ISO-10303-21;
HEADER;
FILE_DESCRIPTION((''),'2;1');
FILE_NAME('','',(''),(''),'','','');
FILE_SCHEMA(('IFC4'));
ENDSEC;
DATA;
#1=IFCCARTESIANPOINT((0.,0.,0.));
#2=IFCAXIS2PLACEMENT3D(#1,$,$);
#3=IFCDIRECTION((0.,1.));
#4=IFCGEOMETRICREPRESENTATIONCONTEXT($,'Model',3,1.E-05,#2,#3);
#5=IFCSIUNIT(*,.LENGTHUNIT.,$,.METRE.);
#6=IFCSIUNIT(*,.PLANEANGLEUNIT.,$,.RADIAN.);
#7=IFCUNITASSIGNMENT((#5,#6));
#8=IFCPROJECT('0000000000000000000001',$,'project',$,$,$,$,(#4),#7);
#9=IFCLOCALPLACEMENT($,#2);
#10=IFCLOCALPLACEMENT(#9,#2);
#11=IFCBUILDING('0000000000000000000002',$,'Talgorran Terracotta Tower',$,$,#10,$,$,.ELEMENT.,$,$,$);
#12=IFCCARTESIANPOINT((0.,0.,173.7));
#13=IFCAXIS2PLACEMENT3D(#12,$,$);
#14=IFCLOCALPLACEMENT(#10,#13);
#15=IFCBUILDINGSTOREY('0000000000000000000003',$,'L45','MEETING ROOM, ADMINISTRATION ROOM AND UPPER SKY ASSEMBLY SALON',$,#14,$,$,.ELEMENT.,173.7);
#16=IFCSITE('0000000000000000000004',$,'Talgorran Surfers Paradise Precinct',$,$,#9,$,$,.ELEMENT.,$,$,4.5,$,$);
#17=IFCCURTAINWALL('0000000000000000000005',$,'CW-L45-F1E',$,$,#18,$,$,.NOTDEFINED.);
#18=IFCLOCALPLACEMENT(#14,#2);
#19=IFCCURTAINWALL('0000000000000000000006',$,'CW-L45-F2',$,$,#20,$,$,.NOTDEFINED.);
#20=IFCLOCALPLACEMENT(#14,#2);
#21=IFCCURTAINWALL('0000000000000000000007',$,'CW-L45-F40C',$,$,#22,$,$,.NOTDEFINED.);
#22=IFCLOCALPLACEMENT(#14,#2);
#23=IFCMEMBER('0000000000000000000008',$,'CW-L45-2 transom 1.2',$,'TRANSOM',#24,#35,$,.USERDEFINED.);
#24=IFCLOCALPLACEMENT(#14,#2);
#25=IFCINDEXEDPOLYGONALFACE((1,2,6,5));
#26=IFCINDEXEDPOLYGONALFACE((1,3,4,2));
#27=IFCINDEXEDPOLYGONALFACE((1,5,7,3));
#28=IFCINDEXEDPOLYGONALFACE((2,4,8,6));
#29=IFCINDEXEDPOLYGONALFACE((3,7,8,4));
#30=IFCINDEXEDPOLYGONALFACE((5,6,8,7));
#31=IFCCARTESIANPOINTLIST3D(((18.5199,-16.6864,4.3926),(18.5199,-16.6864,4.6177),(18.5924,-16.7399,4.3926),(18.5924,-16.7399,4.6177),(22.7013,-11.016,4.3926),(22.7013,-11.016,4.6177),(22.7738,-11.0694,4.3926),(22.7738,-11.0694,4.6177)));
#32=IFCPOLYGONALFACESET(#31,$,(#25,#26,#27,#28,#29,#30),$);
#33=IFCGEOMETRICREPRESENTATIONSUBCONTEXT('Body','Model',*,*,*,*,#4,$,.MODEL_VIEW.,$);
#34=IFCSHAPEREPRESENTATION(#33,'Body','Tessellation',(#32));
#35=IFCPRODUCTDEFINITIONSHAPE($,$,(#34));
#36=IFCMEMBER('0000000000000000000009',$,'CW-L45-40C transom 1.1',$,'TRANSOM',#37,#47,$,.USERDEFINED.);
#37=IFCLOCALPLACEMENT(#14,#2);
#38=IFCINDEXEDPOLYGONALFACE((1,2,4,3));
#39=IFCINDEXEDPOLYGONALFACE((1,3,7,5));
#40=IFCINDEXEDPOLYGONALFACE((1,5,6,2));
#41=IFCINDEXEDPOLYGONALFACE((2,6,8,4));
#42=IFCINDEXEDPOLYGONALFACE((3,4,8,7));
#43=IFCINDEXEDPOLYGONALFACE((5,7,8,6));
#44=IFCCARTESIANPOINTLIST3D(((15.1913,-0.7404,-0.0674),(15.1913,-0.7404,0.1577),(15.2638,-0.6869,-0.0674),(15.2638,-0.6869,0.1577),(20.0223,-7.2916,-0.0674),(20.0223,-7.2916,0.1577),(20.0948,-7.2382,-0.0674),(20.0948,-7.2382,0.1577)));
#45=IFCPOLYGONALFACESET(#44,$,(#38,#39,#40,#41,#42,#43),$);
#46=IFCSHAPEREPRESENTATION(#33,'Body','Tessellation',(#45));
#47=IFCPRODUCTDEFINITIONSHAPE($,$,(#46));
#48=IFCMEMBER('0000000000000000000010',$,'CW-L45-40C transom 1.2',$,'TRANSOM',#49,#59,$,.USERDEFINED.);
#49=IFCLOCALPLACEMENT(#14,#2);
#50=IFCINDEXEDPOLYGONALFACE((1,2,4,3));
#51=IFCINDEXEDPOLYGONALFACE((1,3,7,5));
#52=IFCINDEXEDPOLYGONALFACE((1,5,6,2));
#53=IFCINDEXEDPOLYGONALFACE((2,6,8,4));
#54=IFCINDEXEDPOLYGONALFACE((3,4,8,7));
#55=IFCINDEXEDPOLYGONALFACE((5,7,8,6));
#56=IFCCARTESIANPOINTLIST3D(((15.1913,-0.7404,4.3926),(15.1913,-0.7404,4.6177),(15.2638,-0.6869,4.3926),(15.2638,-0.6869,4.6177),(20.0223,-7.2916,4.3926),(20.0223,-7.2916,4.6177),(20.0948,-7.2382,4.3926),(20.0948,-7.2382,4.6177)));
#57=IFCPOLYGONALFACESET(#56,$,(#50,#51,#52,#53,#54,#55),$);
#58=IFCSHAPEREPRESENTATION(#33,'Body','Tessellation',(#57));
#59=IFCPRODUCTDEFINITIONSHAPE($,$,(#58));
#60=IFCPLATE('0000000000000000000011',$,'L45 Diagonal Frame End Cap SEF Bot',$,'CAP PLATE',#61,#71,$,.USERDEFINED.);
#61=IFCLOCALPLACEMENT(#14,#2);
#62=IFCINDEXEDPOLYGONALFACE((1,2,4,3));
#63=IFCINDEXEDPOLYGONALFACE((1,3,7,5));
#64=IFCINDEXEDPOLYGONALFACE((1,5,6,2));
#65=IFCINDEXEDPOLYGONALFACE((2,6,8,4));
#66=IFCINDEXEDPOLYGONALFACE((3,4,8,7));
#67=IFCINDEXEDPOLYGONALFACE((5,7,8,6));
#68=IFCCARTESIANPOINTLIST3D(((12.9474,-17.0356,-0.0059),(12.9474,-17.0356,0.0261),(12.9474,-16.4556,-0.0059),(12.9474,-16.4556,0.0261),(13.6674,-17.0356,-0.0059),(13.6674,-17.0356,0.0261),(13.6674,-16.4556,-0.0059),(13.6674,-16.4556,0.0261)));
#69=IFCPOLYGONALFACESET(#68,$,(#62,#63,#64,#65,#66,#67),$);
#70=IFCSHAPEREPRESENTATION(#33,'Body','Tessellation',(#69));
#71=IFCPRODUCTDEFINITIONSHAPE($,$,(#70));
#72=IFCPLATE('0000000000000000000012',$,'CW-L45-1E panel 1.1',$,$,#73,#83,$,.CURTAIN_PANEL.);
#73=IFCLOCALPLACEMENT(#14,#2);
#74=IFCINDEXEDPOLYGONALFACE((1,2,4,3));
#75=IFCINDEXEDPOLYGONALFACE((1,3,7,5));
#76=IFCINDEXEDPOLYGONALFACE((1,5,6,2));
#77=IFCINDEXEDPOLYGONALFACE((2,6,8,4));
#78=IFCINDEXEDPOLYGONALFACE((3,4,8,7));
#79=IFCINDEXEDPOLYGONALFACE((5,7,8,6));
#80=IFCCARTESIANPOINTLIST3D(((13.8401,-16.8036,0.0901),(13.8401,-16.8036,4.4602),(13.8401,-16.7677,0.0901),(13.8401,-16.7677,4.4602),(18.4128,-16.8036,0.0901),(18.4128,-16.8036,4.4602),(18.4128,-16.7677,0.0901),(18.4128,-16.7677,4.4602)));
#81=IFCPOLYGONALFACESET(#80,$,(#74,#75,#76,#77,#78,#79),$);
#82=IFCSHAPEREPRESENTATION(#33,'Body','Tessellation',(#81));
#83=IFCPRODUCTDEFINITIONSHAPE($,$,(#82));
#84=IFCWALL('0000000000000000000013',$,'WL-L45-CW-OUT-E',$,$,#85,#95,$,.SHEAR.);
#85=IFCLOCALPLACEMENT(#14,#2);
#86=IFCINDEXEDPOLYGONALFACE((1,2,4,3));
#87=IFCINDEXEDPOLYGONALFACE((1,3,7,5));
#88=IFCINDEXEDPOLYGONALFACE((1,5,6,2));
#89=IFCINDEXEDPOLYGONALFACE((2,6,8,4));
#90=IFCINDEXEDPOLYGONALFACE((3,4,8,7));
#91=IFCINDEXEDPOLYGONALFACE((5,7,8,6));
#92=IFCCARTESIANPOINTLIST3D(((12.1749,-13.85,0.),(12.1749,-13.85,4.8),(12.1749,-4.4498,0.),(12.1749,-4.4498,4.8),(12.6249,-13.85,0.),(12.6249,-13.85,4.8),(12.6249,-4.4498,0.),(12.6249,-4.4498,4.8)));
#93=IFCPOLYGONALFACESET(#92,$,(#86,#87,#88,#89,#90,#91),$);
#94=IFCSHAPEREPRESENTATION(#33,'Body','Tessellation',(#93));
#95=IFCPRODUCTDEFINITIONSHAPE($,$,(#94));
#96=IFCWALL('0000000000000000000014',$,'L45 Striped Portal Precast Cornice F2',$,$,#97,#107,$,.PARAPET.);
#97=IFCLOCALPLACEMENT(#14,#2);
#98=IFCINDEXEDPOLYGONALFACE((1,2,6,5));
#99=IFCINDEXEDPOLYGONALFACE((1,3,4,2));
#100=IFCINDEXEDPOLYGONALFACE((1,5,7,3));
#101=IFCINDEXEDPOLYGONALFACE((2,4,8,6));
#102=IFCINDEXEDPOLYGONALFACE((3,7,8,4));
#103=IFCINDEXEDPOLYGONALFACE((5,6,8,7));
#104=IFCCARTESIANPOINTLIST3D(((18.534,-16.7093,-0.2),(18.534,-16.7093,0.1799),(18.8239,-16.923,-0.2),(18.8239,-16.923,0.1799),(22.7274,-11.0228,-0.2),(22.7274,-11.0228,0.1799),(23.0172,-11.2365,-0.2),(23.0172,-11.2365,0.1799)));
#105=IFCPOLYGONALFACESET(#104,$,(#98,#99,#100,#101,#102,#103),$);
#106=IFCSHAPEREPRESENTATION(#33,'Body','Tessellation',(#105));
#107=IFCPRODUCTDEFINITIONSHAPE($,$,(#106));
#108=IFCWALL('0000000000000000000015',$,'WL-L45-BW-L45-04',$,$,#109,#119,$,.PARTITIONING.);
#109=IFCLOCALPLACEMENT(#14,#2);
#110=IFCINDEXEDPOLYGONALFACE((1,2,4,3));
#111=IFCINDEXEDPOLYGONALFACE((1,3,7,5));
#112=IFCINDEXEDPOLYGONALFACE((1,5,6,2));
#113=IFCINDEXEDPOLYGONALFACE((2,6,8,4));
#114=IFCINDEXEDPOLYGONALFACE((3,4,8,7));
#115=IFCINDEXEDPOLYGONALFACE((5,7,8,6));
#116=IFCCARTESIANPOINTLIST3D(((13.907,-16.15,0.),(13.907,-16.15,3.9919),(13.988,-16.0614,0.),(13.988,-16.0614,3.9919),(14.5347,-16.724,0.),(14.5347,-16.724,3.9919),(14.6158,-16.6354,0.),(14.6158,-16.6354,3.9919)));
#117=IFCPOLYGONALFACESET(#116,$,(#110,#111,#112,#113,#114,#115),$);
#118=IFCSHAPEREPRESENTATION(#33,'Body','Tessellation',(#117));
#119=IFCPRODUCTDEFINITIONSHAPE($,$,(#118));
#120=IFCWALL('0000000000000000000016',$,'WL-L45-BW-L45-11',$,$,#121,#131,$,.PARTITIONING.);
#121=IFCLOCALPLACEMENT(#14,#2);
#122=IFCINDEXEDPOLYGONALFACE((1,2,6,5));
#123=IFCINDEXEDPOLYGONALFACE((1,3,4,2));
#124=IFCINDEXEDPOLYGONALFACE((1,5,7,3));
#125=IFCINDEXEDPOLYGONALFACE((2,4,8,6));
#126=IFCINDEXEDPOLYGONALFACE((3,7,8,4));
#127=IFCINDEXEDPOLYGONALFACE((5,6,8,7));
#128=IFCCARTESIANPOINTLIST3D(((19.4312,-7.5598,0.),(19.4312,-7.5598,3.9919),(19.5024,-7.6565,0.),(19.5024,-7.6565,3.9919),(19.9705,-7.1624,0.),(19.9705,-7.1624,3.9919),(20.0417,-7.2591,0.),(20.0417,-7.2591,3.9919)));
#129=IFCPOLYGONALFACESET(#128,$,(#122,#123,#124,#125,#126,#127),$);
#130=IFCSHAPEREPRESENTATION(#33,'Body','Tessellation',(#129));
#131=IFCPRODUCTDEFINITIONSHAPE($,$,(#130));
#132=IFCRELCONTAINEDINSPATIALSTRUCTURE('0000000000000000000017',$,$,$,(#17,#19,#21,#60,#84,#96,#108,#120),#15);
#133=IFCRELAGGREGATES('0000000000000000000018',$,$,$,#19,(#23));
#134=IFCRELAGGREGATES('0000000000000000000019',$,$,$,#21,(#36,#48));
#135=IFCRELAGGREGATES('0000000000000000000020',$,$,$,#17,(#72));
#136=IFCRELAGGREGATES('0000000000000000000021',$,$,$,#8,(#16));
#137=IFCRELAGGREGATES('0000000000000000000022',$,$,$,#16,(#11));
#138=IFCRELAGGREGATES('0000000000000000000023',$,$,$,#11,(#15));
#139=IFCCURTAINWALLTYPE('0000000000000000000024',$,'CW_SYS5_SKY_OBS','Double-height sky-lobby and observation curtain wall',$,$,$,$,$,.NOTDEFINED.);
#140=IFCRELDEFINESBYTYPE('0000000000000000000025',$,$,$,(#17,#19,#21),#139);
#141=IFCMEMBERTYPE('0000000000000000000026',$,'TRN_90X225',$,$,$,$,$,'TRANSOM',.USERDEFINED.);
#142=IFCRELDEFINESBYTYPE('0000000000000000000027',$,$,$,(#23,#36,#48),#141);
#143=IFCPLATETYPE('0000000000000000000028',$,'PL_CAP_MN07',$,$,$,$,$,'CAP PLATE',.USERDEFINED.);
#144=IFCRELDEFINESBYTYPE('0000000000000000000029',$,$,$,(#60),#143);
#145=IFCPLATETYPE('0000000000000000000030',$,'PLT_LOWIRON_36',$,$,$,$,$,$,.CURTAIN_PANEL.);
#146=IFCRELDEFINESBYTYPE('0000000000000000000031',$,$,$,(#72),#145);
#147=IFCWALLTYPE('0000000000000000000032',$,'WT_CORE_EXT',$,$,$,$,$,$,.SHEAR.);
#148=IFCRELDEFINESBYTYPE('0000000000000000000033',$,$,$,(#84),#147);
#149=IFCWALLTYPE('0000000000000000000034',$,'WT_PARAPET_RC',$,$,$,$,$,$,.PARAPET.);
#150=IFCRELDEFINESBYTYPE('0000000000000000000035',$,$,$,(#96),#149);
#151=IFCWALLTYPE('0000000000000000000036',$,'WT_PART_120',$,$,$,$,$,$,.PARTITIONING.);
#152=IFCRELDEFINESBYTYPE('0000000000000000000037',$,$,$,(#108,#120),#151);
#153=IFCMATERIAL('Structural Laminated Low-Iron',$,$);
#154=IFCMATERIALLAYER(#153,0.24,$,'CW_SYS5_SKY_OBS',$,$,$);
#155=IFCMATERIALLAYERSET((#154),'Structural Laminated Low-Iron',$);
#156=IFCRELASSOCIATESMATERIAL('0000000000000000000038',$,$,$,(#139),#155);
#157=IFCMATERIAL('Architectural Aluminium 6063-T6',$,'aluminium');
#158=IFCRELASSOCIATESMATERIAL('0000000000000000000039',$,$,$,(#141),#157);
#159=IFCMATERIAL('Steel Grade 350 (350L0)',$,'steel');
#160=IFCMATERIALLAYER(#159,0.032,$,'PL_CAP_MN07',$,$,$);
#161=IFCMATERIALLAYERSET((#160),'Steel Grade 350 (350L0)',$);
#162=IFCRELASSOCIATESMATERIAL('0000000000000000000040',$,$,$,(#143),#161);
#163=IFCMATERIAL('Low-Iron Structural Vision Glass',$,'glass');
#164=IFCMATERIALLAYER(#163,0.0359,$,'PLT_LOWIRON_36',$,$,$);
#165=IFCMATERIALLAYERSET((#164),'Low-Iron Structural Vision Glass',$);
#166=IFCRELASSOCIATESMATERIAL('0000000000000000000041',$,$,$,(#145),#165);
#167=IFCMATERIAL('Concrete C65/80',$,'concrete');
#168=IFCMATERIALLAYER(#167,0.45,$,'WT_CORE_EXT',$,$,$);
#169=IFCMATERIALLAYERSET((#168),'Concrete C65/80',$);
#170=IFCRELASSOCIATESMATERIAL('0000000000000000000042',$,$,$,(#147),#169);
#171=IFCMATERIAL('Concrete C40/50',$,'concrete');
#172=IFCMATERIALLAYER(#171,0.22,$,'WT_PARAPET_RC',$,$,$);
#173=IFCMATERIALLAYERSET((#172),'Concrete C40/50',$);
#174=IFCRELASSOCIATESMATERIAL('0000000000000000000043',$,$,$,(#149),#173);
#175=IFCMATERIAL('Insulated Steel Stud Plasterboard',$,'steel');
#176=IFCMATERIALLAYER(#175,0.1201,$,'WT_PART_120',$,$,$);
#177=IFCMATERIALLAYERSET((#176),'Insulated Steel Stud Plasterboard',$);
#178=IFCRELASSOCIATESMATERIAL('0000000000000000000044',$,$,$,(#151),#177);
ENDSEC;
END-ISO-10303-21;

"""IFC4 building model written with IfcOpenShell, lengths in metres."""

from ifc_helpers import new_model, si_unit, direction, frame, frame_2d, origin, origin_2d, place, context, subcontext, project, spatial, rectangle, extrude, source, transform, mapped, material, layer, layer_set, material_profile, profile_set, type_object, type_shapes, element, aggregate, save


model = new_model("IFC4")

# Units and contexts
model_context = context("Model", 3, precision=1e-05, world=origin(), true_north=direction((0.0, 1.0)))
body_context = subcontext(model_context, "Body", "Model", "MODEL_VIEW")
ifc_project = project(units=[si_unit("LENGTHUNIT", "METRE"), si_unit("PLANEANGLEUNIT", "RADIAN")], contexts=[model_context])

# Site, building, storey
site_placement = place(None, origin())
site = spatial("IfcSite", under=ifc_project, at=site_placement, Name="Talgorran Surfers Paradise Precinct", CompositionType="ELEMENT", RefElevation=4.5)
building_placement = place(site_placement, origin())
building = spatial("IfcBuilding", under=site, at=building_placement, Name="Talgorran Terracotta Tower", CompositionType="ELEMENT")
storey_placement = place(building_placement, frame((0.0, 0.0, 173.7)))
storey = spatial("IfcBuildingStorey", under=building, at=storey_placement, Name="L45", Description="MEETING ROOM, ADMINISTRATION ROOM AND UPPER SKY ASSEMBLY SALON", CompositionType="ELEMENT", Elevation=173.7)

# Shared definitions
ifc_material_1 = material(Name="Steel Grade 350 (350L0)", Category="steel")

# Shared definitions
ifc_material_2 = material(Name="Structural Laminated Low-Iron")
ifc_layer_1 = layer(ifc_material_2, 0.24, Name="CW_SYS5_SKY_OBS")
ifc_layer_set_1 = layer_set([ifc_layer_1], Name="Structural Laminated Low-Iron")
curtain_wall_type = type_object("IfcCurtainWallType", Name="CW_SYS5_SKY_OBS", Description="Double-height sky-lobby and observation curtain wall", PredefinedType="NOTDEFINED", material=ifc_layer_set_1)
ifc_material_3 = material(Name="Architectural Aluminium 6063-T6", Category="aluminium")

# Curtain wall
curtain_wall_1_placement = place(storey_placement, origin())
curtain_wall_1 = element("IfcCurtainWall", 1, at=curtain_wall_1_placement, inside=storey, type_object=curtain_wall_type, Name="CW-L45-F1E", PredefinedType="NOTDEFINED")

# Curtain walls
curtain_wall_2_placement = place(storey_placement, origin())
curtain_wall_2 = element("IfcCurtainWall", 2, at=curtain_wall_2_placement, inside=storey, type_object=curtain_wall_type, Name="CW-L45-F2", PredefinedType="NOTDEFINED")
curtain_wall_3_placement = place(storey_placement, origin())
curtain_wall_3 = element("IfcCurtainWall", 3, at=curtain_wall_3_placement, inside=storey, type_object=curtain_wall_type, Name="CW-L45-F40C", PredefinedType="NOTDEFINED")

# Members
ifc_material_profile_1 = material_profile(ifc_material_3, rectangle(XDim=0.0901, YDim=0.2251, at=origin_2d()), Name="CWT90X225")
ifc_profile_set_1 = profile_set([ifc_material_profile_1], Name="Architectural Aluminium 6063-T6")
member_type_1 = type_object("IfcMemberType", Name="TRN_90X225", ElementType="TRANSOM", PredefinedType="USERDEFINED", material=ifc_profile_set_1)
member_1_placement = place(storey_placement, frame((18.5562, -16.7131, 4.5051), z_axis=(0.593493, 0.804839, 0.0), x_axis=(-0.804839, 0.593493, 0.0)))
member_1 = element("IfcMember", 4, at=member_1_placement, type_object=member_type_1, Name="CW-L45-2 transom 1.2", ObjectType="TRANSOM", PredefinedType="USERDEFINED", context=body_context, shape_type="SweptSolid", body=[
    extrude(rectangle(XDim=0.0901, YDim=0.2251, at=origin_2d()), origin(), (0.0, 0.0, 1.0), 7.0454),
])
aggregate(curtain_wall_2, [member_1])
member_2_placement = place(storey_placement, frame((20.0586, -7.2649, 0.0452), z_axis=(-0.593502, 0.804833, 0.0), x_axis=(-0.804833, -0.593502, 0.0)))
member_2 = element("IfcMember", 5, at=member_2_placement, type_object=member_type_1, Name="CW-L45-40C transom 1.1", ObjectType="TRANSOM", PredefinedType="USERDEFINED", context=body_context, shape_type="SweptSolid", body=[
    extrude(rectangle(XDim=0.0901, YDim=0.2251, at=origin_2d()), origin(), (0.0, 0.0, 1.0), 8.1399),
])
member_3_placement = place(storey_placement, frame((20.0586, -7.2649, 4.5051), z_axis=(-0.593502, 0.804833, 0.0), x_axis=(-0.804833, -0.593502, 0.0)))
member_3 = element("IfcMember", 6, at=member_3_placement, type_object=member_type_1, Name="CW-L45-40C transom 1.2", ObjectType="TRANSOM", PredefinedType="USERDEFINED", context=body_context, shape_type="SweptSolid", body=[
    extrude(rectangle(XDim=0.0901, YDim=0.2251, at=origin_2d()), origin(), (0.0, 0.0, 1.0), 8.1399),
])
aggregate(curtain_wall_3, [member_2, member_3])

# Plates
ifc_layer_2 = layer(ifc_material_1, 0.032, Name="PL_CAP_MN07")
ifc_layer_set_2 = layer_set([ifc_layer_2], Name="Steel Grade 350 (350L0)")
plate_type_1 = type_object("IfcPlateType", Name="PL_CAP_MN07", ElementType="CAP PLATE", PredefinedType="USERDEFINED", material=ifc_layer_set_2)
plate_1_placement = place(storey_placement, frame((13.3074, -16.7456, -0.0059), z_axis=(0.0, 0.0, 1.0), x_axis=(-1.0, 0.0, 0.0)))
element("IfcPlate", 7, at=plate_1_placement, inside=storey, type_object=plate_type_1, Name="L45 Diagonal Frame End Cap SEF Bot", ObjectType="CAP PLATE", PredefinedType="USERDEFINED", context=body_context, shape_type="SweptSolid", body=[
    extrude(rectangle(XDim=0.72, YDim=0.5801, at=origin_2d()), origin(), (0.0, 0.0, 1.0), 0.032),
])
ifc_material_4 = material(Name="Low-Iron Structural Vision Glass", Category="glass")
ifc_layer_3 = layer(ifc_material_4, 0.0359, Name="PLT_LOWIRON_36")
ifc_layer_set_3 = layer_set([ifc_layer_3], Name="Low-Iron Structural Vision Glass")
plate_type_2 = type_object("IfcPlateType", Name="PLT_LOWIRON_36", PredefinedType="CURTAIN_PANEL", material=ifc_layer_set_3)
shared_shape = source(origin(), body_context, "Body", "SweptSolid", [
    extrude(rectangle(XDim=4.5728, YDim=0.0359, at=origin_2d()), origin(), (0.0, 0.0, 1.0), 4.3701),
])
type_shapes(plate_type_2, [shared_shape])
plate_2_placement = place(storey_placement, frame((16.1265, -16.7856, 0.0901), z_axis=(0.0, 0.0, 1.0), x_axis=(1.0, 0.0, 0.0)))
plate_2 = element("IfcPlate", 8, at=plate_2_placement, type_object=plate_type_2, Name="CW-L45-1E panel 1.1", PredefinedType="CURTAIN_PANEL", context=body_context, shape_type="MappedRepresentation", body=[
    mapped(shared_shape, transform((0.0, 0.0, 0.0), scale=1.0)),
])
aggregate(curtain_wall_1, [plate_2])

# Walls
ifc_material_5 = material(Name="Concrete C65/80", Category="concrete")
ifc_layer_4 = layer(ifc_material_5, 0.45, Name="WT_CORE_EXT")
ifc_layer_set_4 = layer_set([ifc_layer_4], Name="Concrete C65/80")
wall_type_1 = type_object("IfcWallType", Name="WT_CORE_EXT", PredefinedType="SHEAR", material=ifc_layer_set_4)
wall_1_placement = place(storey_placement, frame((12.3999, -13.8501, 0.0), z_axis=(0.0, 0.0, 1.0), x_axis=(0.0, 1.0, 0.0)))
element("IfcWall", 9, at=wall_1_placement, inside=storey, type_object=wall_type_1, Name="WL-L45-CW-OUT-E", PredefinedType="SHEAR", context=body_context, shape_type="SweptSolid", body=[
    extrude(rectangle(XDim=9.4001, YDim=0.45, at=frame_2d((4.7002, 0.0))), origin(), (0.0, 0.0, 1.0), 4.8),
])
ifc_material_6 = material(Name="Concrete C40/50", Category="concrete")
ifc_layer_5 = layer(ifc_material_6, 0.22, Name="WT_PARAPET_RC")
ifc_layer_set_5 = layer_set([ifc_layer_5], Name="Concrete C40/50")
wall_type_2 = type_object("IfcWallType", Name="WT_PARAPET_RC", PredefinedType="PARAPET", material=ifc_layer_set_5)
wall_2_placement = place(storey_placement, frame((18.679, -16.8162, -0.2), z_axis=(0.0, 0.0, 1.0), x_axis=(0.593501, 0.804833, 0.0)))
element("IfcWall", 10, at=wall_2_placement, inside=storey, type_object=wall_type_2, Name="L45 Striped Portal Precast Cornice F2", PredefinedType="PARAPET", context=body_context, shape_type="SweptSolid", body=[
    extrude(rectangle(XDim=7.0654, YDim=0.3601, at=frame_2d((3.5327, 0.0))), origin(), (0.0, 0.0, 1.0), 0.3799),
])
ifc_material_7 = material(Name="Insulated Steel Stud Plasterboard", Category="steel")
ifc_layer_6 = layer(ifc_material_7, 0.1201, Name="WT_PART_120")
ifc_layer_set_6 = layer_set([ifc_layer_6], Name="Insulated Steel Stud Plasterboard")
wall_type_3 = type_object("IfcWallType", Name="WT_PART_120", PredefinedType="PARTITIONING", material=ifc_layer_set_6)
wall_3_placement = place(storey_placement, frame((13.9475, -16.1057, 0.0), z_axis=(0.0, 0.0, 1.0), x_axis=(0.737976, -0.674827, 0.0)))
element("IfcWall", 11, at=wall_3_placement, inside=storey, type_object=wall_type_3, Name="WL-L45-BW-L45-04", PredefinedType="PARTITIONING", context=body_context, shape_type="SweptSolid", body=[
    extrude(rectangle(XDim=0.8506, YDim=0.1201, at=frame_2d((0.4253, 0.0))), origin(), (0.0, 0.0, 1.0), 3.9919),
])
wall_4_placement = place(storey_placement, frame((19.4668, -7.6082, 0.0), z_axis=(0.0, 0.0, 1.0), x_axis=(0.805001, 0.593274, 0.0)))
element("IfcWall", 12, at=wall_4_placement, inside=storey, type_object=wall_type_3, Name="WL-L45-BW-L45-11", PredefinedType="PARTITIONING", context=body_context, shape_type="SweptSolid", body=[
    extrude(rectangle(XDim=0.6699, YDim=0.1201, at=frame_2d((0.335, 0.0))), origin(), (0.0, 0.0, 1.0), 3.9919),
])

save(model, "model.ifc")
